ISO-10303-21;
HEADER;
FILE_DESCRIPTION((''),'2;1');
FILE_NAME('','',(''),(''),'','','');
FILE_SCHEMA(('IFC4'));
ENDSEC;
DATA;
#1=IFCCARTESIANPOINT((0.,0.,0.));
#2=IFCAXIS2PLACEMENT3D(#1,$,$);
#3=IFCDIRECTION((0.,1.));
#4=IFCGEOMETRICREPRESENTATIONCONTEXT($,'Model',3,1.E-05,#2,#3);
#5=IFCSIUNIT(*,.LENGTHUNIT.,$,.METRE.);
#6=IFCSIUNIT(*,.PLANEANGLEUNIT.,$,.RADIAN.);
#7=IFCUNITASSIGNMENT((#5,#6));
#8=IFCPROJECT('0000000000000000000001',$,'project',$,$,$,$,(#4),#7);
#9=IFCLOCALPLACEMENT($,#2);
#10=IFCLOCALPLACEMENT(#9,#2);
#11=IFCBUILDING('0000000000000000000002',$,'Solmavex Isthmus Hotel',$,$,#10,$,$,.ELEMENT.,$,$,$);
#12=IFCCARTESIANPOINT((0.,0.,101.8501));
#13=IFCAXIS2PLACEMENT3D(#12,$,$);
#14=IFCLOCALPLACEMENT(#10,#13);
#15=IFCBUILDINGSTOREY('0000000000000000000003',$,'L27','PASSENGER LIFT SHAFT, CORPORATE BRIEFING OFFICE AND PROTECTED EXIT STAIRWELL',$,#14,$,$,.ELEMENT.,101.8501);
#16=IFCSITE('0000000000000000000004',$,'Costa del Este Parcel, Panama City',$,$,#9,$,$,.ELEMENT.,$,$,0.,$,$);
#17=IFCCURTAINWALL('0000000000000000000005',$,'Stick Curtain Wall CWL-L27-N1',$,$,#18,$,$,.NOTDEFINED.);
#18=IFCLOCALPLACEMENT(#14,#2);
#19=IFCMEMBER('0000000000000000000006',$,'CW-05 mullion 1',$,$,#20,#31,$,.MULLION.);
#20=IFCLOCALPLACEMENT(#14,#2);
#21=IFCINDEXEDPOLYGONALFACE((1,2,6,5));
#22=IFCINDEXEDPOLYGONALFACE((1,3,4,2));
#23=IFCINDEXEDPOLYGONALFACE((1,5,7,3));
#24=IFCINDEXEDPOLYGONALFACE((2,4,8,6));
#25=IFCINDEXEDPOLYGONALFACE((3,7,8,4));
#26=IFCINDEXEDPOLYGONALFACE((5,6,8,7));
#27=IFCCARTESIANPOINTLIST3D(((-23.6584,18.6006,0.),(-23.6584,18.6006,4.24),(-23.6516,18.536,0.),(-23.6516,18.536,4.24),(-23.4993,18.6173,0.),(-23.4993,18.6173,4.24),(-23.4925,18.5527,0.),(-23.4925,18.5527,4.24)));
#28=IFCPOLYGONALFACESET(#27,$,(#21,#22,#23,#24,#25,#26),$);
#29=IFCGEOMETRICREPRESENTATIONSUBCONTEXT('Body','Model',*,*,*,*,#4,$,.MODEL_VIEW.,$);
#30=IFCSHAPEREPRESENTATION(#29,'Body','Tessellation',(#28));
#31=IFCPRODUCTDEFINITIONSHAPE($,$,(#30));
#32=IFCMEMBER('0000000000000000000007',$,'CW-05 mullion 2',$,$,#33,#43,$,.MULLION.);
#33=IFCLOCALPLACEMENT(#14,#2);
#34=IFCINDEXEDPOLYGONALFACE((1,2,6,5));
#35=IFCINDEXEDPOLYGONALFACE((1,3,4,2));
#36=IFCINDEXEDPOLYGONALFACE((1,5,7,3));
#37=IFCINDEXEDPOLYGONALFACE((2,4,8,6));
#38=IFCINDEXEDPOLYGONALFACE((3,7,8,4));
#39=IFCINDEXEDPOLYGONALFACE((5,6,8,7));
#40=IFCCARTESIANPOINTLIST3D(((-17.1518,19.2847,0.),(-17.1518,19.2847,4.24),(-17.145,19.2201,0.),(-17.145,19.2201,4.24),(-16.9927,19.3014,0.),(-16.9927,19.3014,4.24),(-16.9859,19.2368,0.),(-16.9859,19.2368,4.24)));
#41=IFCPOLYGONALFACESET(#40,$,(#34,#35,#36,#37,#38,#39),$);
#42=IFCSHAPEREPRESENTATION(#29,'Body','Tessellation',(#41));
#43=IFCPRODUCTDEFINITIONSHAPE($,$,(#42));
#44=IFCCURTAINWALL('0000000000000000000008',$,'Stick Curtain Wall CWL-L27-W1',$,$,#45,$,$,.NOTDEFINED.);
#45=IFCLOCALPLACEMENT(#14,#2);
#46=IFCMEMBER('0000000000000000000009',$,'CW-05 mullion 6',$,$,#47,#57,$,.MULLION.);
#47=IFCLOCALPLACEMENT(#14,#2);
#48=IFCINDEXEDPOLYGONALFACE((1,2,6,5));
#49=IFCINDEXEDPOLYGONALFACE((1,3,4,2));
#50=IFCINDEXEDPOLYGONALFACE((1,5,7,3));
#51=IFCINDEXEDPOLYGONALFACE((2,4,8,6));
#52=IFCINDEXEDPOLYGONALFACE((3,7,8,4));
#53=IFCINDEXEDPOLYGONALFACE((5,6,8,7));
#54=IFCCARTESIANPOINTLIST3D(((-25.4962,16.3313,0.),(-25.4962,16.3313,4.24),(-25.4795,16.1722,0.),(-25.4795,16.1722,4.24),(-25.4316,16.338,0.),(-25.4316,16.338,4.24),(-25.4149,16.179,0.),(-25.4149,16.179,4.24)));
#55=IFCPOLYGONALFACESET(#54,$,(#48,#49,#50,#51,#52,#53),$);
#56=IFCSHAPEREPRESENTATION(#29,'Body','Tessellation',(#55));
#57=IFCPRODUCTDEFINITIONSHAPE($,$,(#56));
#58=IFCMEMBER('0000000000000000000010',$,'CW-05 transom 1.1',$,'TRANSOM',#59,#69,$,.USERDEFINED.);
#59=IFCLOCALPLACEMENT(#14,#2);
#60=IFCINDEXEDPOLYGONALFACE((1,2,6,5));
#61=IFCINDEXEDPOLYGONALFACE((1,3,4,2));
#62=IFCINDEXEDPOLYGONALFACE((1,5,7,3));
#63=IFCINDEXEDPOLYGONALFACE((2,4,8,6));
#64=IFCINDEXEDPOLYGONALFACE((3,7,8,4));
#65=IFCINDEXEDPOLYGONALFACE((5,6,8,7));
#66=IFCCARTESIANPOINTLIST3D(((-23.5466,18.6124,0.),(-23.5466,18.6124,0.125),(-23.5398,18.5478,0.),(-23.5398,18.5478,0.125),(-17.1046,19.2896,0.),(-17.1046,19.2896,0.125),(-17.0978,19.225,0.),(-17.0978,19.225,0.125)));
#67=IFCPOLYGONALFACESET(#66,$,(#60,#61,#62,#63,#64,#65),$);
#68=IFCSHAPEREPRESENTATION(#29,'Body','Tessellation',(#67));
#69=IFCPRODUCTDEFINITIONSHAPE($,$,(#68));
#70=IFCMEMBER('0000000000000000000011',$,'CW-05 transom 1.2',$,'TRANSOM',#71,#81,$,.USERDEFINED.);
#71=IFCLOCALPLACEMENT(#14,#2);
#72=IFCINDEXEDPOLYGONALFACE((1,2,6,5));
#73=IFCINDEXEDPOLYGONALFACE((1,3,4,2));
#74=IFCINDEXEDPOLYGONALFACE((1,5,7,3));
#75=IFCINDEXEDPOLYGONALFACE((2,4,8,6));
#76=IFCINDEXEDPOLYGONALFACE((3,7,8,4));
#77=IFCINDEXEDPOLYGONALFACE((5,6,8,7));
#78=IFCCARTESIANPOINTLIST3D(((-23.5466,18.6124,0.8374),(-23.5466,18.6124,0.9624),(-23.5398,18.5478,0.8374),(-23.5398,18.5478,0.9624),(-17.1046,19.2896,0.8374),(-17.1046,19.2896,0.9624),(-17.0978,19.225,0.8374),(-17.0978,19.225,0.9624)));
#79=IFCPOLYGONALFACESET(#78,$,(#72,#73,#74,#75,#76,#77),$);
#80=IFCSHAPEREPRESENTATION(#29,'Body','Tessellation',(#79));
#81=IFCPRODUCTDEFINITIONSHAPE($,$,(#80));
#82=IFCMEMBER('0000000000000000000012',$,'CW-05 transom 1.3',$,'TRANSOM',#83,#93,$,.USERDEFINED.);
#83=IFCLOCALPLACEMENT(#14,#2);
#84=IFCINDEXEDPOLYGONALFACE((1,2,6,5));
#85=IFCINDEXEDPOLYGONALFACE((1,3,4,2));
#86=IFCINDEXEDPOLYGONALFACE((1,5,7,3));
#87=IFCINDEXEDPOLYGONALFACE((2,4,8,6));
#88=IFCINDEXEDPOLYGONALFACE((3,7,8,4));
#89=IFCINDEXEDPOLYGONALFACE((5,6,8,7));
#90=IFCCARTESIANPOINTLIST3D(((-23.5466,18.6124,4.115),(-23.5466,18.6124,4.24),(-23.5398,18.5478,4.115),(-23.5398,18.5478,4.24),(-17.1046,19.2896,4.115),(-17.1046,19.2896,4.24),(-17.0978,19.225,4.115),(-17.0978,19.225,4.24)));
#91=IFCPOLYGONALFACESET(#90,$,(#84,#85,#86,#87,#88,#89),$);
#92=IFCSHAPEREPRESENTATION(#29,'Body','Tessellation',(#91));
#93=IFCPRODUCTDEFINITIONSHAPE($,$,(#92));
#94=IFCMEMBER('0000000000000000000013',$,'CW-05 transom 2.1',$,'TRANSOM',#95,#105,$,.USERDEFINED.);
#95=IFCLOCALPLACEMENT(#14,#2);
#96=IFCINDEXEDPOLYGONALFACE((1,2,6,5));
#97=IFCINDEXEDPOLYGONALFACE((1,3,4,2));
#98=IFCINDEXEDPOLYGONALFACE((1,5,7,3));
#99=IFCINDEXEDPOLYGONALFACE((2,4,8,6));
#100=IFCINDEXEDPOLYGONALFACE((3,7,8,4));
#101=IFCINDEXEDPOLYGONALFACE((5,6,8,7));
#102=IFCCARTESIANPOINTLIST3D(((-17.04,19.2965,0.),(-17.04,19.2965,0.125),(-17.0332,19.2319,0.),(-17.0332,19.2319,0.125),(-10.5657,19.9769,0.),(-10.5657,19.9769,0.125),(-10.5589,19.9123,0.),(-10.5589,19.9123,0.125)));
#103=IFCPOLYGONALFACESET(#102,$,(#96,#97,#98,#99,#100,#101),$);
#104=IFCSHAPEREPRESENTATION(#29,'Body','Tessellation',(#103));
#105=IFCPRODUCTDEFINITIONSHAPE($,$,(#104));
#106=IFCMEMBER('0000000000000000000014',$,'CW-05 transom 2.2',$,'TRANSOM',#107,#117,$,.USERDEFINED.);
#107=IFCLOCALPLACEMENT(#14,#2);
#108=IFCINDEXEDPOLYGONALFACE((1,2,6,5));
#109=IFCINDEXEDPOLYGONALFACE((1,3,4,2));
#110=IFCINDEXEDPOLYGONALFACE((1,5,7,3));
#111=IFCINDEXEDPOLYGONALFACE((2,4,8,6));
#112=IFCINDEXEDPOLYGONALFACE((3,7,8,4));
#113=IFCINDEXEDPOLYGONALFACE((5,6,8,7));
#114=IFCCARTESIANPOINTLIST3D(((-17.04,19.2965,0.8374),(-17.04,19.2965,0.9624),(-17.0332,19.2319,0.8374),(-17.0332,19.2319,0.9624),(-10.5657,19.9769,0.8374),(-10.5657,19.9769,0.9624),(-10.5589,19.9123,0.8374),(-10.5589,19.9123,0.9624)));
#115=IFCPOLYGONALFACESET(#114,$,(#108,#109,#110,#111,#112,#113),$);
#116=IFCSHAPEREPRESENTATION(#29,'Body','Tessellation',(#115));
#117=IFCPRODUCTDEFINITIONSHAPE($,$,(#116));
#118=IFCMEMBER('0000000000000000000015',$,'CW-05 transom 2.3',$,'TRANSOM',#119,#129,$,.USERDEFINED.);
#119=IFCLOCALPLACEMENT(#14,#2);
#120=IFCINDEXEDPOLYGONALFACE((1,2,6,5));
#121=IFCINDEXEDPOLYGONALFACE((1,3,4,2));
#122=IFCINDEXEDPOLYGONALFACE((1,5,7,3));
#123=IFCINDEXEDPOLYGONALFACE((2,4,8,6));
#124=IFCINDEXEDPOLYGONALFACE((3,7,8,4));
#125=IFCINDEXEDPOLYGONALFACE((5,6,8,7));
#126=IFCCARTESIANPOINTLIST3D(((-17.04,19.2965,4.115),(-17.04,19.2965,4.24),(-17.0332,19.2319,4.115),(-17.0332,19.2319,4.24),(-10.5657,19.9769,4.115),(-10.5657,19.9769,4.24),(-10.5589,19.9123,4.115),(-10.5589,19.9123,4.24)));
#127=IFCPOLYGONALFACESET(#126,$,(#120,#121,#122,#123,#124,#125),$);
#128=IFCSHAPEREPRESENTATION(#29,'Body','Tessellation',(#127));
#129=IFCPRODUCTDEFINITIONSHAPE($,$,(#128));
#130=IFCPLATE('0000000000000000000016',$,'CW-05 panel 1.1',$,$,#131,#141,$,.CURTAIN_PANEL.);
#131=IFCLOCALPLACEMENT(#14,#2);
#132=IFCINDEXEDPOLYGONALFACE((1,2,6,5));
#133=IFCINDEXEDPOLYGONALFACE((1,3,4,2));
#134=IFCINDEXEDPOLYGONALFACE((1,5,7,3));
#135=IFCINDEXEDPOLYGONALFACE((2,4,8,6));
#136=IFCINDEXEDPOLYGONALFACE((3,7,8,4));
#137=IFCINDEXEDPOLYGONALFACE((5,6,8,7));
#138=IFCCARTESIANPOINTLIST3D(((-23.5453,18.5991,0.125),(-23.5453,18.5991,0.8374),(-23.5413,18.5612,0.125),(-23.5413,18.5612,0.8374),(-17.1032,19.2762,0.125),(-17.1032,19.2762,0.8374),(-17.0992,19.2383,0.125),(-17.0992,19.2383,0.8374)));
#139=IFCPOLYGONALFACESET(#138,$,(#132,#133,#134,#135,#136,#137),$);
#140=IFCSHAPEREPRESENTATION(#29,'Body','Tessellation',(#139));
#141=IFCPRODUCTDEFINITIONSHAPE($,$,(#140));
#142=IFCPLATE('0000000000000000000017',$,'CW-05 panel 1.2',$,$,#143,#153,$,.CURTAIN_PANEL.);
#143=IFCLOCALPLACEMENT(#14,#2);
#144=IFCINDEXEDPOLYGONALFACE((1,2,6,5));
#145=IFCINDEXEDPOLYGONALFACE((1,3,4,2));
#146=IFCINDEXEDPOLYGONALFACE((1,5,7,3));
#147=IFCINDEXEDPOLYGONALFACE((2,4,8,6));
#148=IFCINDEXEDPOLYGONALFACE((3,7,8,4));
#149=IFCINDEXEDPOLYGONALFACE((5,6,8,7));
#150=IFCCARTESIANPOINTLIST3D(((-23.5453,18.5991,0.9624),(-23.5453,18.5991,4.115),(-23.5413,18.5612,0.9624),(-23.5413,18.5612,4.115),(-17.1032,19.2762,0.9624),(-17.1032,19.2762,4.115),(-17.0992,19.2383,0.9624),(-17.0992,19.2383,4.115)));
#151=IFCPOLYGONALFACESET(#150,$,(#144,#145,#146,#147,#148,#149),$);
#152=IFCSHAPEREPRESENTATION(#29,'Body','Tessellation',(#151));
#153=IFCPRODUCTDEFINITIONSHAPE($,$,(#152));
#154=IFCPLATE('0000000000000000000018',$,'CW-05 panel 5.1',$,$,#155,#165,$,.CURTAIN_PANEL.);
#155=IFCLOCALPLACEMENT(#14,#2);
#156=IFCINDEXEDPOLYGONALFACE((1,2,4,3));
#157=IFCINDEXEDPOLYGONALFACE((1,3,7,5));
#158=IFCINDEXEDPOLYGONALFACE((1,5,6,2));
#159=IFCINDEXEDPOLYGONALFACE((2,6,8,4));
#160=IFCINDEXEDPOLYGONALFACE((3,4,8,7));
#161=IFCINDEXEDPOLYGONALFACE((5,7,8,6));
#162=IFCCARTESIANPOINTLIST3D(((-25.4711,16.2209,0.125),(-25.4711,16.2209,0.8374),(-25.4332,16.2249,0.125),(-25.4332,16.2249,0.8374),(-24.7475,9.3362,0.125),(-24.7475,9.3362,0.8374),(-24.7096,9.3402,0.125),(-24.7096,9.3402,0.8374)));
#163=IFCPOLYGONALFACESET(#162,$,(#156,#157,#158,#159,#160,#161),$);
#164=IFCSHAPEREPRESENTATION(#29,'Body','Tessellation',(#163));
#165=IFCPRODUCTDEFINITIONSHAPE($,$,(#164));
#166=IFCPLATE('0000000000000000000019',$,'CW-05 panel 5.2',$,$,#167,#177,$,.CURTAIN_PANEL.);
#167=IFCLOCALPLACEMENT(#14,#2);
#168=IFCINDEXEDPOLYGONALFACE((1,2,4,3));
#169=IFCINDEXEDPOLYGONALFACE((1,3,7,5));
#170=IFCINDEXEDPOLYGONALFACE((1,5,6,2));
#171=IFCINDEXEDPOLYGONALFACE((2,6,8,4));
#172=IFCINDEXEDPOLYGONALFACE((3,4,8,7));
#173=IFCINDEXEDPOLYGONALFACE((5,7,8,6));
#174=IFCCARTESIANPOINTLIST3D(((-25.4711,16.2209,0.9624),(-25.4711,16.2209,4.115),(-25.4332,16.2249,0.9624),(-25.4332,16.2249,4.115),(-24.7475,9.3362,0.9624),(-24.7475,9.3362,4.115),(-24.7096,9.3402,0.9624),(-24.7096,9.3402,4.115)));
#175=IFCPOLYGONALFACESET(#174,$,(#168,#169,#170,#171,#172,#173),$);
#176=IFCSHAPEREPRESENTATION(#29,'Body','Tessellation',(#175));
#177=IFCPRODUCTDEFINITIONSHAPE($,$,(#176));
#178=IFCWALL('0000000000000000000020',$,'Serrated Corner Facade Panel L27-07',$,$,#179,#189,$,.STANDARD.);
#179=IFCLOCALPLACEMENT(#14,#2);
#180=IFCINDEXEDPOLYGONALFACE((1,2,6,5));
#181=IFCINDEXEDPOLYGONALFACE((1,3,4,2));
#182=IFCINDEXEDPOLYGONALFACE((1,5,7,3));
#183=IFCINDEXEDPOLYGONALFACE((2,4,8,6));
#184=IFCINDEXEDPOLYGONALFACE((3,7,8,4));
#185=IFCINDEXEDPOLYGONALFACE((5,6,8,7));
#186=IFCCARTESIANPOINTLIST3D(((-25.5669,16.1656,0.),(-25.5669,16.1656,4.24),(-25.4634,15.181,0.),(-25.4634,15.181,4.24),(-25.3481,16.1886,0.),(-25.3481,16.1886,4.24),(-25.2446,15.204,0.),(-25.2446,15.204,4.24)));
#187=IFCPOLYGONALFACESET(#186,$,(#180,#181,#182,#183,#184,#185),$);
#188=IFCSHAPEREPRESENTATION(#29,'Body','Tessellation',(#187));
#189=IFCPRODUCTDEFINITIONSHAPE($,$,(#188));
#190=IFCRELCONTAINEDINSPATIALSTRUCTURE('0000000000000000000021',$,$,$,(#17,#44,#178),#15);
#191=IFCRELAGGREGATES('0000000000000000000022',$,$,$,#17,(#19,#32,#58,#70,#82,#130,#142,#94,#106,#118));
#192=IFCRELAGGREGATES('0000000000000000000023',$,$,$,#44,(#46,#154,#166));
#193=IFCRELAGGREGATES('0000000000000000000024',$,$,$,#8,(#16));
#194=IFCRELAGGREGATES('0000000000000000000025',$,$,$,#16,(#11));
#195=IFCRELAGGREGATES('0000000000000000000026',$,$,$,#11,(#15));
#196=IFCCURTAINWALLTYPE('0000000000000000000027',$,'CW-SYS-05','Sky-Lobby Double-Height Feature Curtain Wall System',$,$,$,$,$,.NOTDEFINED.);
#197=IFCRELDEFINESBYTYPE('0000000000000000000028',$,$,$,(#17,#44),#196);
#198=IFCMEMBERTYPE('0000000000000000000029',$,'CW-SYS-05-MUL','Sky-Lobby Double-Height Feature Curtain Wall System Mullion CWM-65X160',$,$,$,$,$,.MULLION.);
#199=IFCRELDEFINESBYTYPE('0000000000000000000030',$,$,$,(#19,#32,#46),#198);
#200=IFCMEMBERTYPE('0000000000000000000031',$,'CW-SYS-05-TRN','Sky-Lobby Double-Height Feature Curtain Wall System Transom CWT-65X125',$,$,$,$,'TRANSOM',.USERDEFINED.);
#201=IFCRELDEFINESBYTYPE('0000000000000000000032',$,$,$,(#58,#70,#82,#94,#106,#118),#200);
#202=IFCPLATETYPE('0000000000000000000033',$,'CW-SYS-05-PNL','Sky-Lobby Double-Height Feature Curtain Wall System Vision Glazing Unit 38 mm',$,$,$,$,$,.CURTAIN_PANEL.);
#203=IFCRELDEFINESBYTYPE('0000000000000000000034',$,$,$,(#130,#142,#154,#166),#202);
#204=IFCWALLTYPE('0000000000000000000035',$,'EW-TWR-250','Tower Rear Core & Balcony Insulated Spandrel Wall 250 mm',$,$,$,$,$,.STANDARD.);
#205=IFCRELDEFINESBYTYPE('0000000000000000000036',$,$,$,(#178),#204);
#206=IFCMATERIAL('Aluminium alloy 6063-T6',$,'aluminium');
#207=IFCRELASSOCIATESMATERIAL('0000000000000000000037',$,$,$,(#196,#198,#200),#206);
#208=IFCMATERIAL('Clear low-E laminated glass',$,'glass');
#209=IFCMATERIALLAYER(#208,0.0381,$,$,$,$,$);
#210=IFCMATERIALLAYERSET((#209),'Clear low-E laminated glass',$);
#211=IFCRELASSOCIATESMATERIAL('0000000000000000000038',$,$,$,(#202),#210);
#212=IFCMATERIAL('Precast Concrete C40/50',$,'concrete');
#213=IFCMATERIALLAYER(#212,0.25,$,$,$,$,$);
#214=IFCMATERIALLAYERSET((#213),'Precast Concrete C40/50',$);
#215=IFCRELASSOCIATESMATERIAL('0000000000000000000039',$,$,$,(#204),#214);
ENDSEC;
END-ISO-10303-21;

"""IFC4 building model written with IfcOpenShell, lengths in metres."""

from ifc_helpers import new_model, si_unit, direction, frame, frame_2d, origin, origin_2d, place, context, subcontext, project, spatial, rectangle, extrude, material, layer, layer_set, material_profile, profile_set, type_object, element, aggregate, save


model = new_model("IFC4")

# Units and contexts
model_context = context("Model", 3, precision=1e-05, world=origin(), true_north=direction((0.0, 1.0)))
body_context = subcontext(model_context, "Body", "Model", "MODEL_VIEW")
ifc_project = project(units=[si_unit("LENGTHUNIT", "METRE"), si_unit("PLANEANGLEUNIT", "RADIAN")], contexts=[model_context])

# Site, building, storey
site_placement = place(None, origin())
site = spatial("IfcSite", under=ifc_project, at=site_placement, Name="Costa del Este Parcel, Panama City", CompositionType="ELEMENT", RefElevation=0.0)
building_placement = place(site_placement, origin())
building = spatial("IfcBuilding", under=site, at=building_placement, Name="Solmavex Isthmus Hotel", CompositionType="ELEMENT")
storey_placement = place(building_placement, frame((0.0, 0.0, 101.8501)))
storey = spatial("IfcBuildingStorey", under=building, at=storey_placement, Name="L27", Description="PASSENGER LIFT SHAFT, CORPORATE BRIEFING OFFICE AND PROTECTED EXIT STAIRWELL", CompositionType="ELEMENT", Elevation=101.8501)

# Curtain wall, members
ifc_material_1 = material(Name="Aluminium alloy 6063-T6", Category="aluminium")
curtain_wall_type = type_object("IfcCurtainWallType", Name="CW-SYS-05", Description="Sky-Lobby Double-Height Feature Curtain Wall System", PredefinedType="NOTDEFINED", material=ifc_material_1)
curtain_wall_1_placement = place(storey_placement, origin())
curtain_wall_1 = element("IfcCurtainWall", 1, at=curtain_wall_1_placement, inside=storey, type_object=curtain_wall_type, Name="Stick Curtain Wall CWL-L27-N1", PredefinedType="NOTDEFINED")
ifc_material_profile_1 = material_profile(ifc_material_1, rectangle(XDim=0.0649, YDim=0.1599, at=origin_2d()), Name="CWM-65X160")
ifc_profile_set_1 = profile_set([ifc_material_profile_1], Name="Aluminium alloy 6063-T6")
member_type_1 = type_object("IfcMemberType", Name="CW-SYS-05-MUL", Description="Sky-Lobby Double-Height Feature Curtain Wall System Mullion CWM-65X160", PredefinedType="MULLION", material=ifc_profile_set_1)
member_1_placement = place(storey_placement, frame((-23.5754, 18.5767, 0.0), z_axis=(0.0, 0.0, 1.0), x_axis=(-0.104528, 0.994522, 0.0)))
member_1 = element("IfcMember", 2, at=member_1_placement, type_object=member_type_1, Name="CW-05 mullion 1", PredefinedType="MULLION", context=body_context, shape_type="SweptSolid", body=[
    extrude(rectangle(XDim=0.0649, YDim=0.1599, at=origin_2d()), origin(), (0.0, 0.0, 1.0), 4.24),
])
member_2_placement = place(storey_placement, frame((-17.0688, 19.2607, 0.0), z_axis=(0.0, 0.0, 1.0), x_axis=(-0.104528, 0.994522, 0.0)))
member_2 = element("IfcMember", 3, at=member_2_placement, type_object=member_type_1, Name="CW-05 mullion 2", PredefinedType="MULLION", context=body_context, shape_type="SweptSolid", body=[
    extrude(rectangle(XDim=0.0649, YDim=0.1599, at=origin_2d()), origin(), (0.0, 0.0, 1.0), 4.24),
])

# Curtain wall, member
curtain_wall_2_placement = place(storey_placement, origin())
curtain_wall_2 = element("IfcCurtainWall", 4, at=curtain_wall_2_placement, inside=storey, type_object=curtain_wall_type, Name="Stick Curtain Wall CWL-L27-W1", PredefinedType="NOTDEFINED")
member_3_placement = place(storey_placement, frame((-25.4556, 16.2551, 0.0), z_axis=(0.0, 0.0, 1.0), x_axis=(-0.994522, -0.104528, 0.0)))
member_3 = element("IfcMember", 5, at=member_3_placement, type_object=member_type_1, Name="CW-05 mullion 6", PredefinedType="MULLION", context=body_context, shape_type="SweptSolid", body=[
    extrude(rectangle(XDim=0.0649, YDim=0.1599, at=origin_2d()), origin(), (0.0, 0.0, 1.0), 4.24),
])

# Members
ifc_material_profile_2 = material_profile(ifc_material_1, rectangle(XDim=0.0649, YDim=0.125, at=origin_2d()), Name="CWT-65X125")
ifc_profile_set_2 = profile_set([ifc_material_profile_2], Name="Aluminium alloy 6063-T6")
member_type_2 = type_object("IfcMemberType", Name="CW-SYS-05-TRN", Description="Sky-Lobby Double-Height Feature Curtain Wall System Transom CWT-65X125", ElementType="TRANSOM", PredefinedType="USERDEFINED", material=ifc_profile_set_2)
member_4_placement = place(storey_placement, frame((-23.5432, 18.5801, 0.0625), z_axis=(0.994519, 0.104551, 0.0), x_axis=(-0.104551, 0.994519, 0.0)))
member_4 = element("IfcMember", 6, at=member_4_placement, type_object=member_type_2, Name="CW-05 transom 1.1", ObjectType="TRANSOM", PredefinedType="USERDEFINED", context=body_context, shape_type="SweptSolid", body=[
    extrude(rectangle(XDim=0.0649, YDim=0.125, at=origin_2d()), origin(), (0.0, 0.0, 1.0), 6.4775),
])
member_5_placement = place(storey_placement, frame((-23.5432, 18.5801, 0.8999), z_axis=(0.994519, 0.104551, 0.0), x_axis=(-0.104551, 0.994519, 0.0)))
member_5 = element("IfcMember", 7, at=member_5_placement, type_object=member_type_2, Name="CW-05 transom 1.2", ObjectType="TRANSOM", PredefinedType="USERDEFINED", context=body_context, shape_type="SweptSolid", body=[
    extrude(rectangle(XDim=0.0649, YDim=0.125, at=origin_2d()), origin(), (0.0, 0.0, 1.0), 6.4775),
])
member_6_placement = place(storey_placement, frame((-23.5432, 18.5801, 4.1775), z_axis=(0.994519, 0.104551, 0.0), x_axis=(-0.104551, 0.994519, 0.0)))
member_6 = element("IfcMember", 8, at=member_6_placement, type_object=member_type_2, Name="CW-05 transom 1.3", ObjectType="TRANSOM", PredefinedType="USERDEFINED", context=body_context, shape_type="SweptSolid", body=[
    extrude(rectangle(XDim=0.0649, YDim=0.125, at=origin_2d()), origin(), (0.0, 0.0, 1.0), 6.4775),
])
member_7_placement = place(storey_placement, frame((-17.0366, 19.2642, 0.0625), z_axis=(0.994523, 0.104519, 0.0), x_axis=(-0.104519, 0.994523, 0.0)))
member_7 = element("IfcMember", 9, at=member_7_placement, type_object=member_type_2, Name="CW-05 transom 2.1", ObjectType="TRANSOM", PredefinedType="USERDEFINED", context=body_context, shape_type="SweptSolid", body=[
    extrude(rectangle(XDim=0.0649, YDim=0.125, at=origin_2d()), origin(), (0.0, 0.0, 1.0), 6.51),
])
member_8_placement = place(storey_placement, frame((-17.0366, 19.2642, 0.8999), z_axis=(0.994523, 0.104519, 0.0), x_axis=(-0.104519, 0.994523, 0.0)))
member_8 = element("IfcMember", 10, at=member_8_placement, type_object=member_type_2, Name="CW-05 transom 2.2", ObjectType="TRANSOM", PredefinedType="USERDEFINED", context=body_context, shape_type="SweptSolid", body=[
    extrude(rectangle(XDim=0.0649, YDim=0.125, at=origin_2d()), origin(), (0.0, 0.0, 1.0), 6.51),
])
member_9_placement = place(storey_placement, frame((-17.0366, 19.2642, 4.1775), z_axis=(0.994523, 0.104519, 0.0), x_axis=(-0.104519, 0.994523, 0.0)))
member_9 = element("IfcMember", 11, at=member_9_placement, type_object=member_type_2, Name="CW-05 transom 2.3", ObjectType="TRANSOM", PredefinedType="USERDEFINED", context=body_context, shape_type="SweptSolid", body=[
    extrude(rectangle(XDim=0.0649, YDim=0.125, at=origin_2d()), origin(), (0.0, 0.0, 1.0), 6.51),
])

# Plates
ifc_material_2 = material(Name="Clear low-E laminated glass", Category="glass")
ifc_layer_1 = layer(ifc_material_2, 0.0381)
ifc_layer_set_1 = layer_set([ifc_layer_1], Name="Clear low-E laminated glass")
plate_type = type_object("IfcPlateType", Name="CW-SYS-05-PNL", Description="Sky-Lobby Double-Height Feature Curtain Wall System Vision Glazing Unit 38 mm", PredefinedType="CURTAIN_PANEL", material=ifc_layer_set_1)
plate_1_placement = place(storey_placement, frame((-20.3223, 18.9187, 0.125), z_axis=(0.0, 0.0, 1.0), x_axis=(0.994522, 0.104528, 0.0)))
plate_1 = element("IfcPlate", 12, at=plate_1_placement, type_object=plate_type, Name="CW-05 panel 1.1", PredefinedType="CURTAIN_PANEL", context=body_context, shape_type="SweptSolid", body=[
    extrude(rectangle(XDim=6.4775, YDim=0.0381, at=origin_2d()), origin(), (0.0, 0.0, 1.0), 0.7124),
])
plate_2_placement = place(storey_placement, frame((-20.3223, 18.9187, 0.9624), z_axis=(0.0, 0.0, 1.0), x_axis=(0.994522, 0.104528, 0.0)))
plate_2 = element("IfcPlate", 13, at=plate_2_placement, type_object=plate_type, Name="CW-05 panel 1.2", PredefinedType="CURTAIN_PANEL", context=body_context, shape_type="SweptSolid", body=[
    extrude(rectangle(XDim=6.4775, YDim=0.0381, at=origin_2d()), origin(), (0.0, 0.0, 1.0), 3.1526),
])
aggregate(curtain_wall_1, [member_1, member_2, member_4, member_5, member_6, plate_1, plate_2, member_7, member_8, member_9])
plate_3_placement = place(storey_placement, frame((-25.0903, 12.7805, 0.125), z_axis=(0.0, 0.0, 1.0), x_axis=(-0.104528, 0.994522, 0.0)))
plate_3 = element("IfcPlate", 14, at=plate_3_placement, type_object=plate_type, Name="CW-05 panel 5.1", PredefinedType="CURTAIN_PANEL", context=body_context, shape_type="SweptSolid", body=[
    extrude(rectangle(XDim=6.9226, YDim=0.0381, at=origin_2d()), origin(), (0.0, 0.0, 1.0), 0.7124),
])
plate_4_placement = place(storey_placement, frame((-25.0903, 12.7805, 0.9624), z_axis=(0.0, 0.0, 1.0), x_axis=(-0.104528, 0.994522, 0.0)))
plate_4 = element("IfcPlate", 15, at=plate_4_placement, type_object=plate_type, Name="CW-05 panel 5.2", PredefinedType="CURTAIN_PANEL", context=body_context, shape_type="SweptSolid", body=[
    extrude(rectangle(XDim=6.9226, YDim=0.0381, at=origin_2d()), origin(), (0.0, 0.0, 1.0), 3.1526),
])
aggregate(curtain_wall_2, [member_3, plate_3, plate_4])

# Wall
ifc_material_3 = material(Name="Precast Concrete C40/50", Category="concrete")
ifc_layer_2 = layer(ifc_material_3, 0.25)
ifc_layer_set_2 = layer_set([ifc_layer_2], Name="Precast Concrete C40/50")
wall_type = type_object("IfcWallType", Name="EW-TWR-250", Description="Tower Rear Core & Balcony Insulated Spandrel Wall 250 mm", PredefinedType="STANDARD", material=ifc_layer_set_2)
wall_1_placement = place(storey_placement, frame((-25.354, 15.1924, 0.0), z_axis=(0.0, 0.0, 1.0), x_axis=(-0.104556, 0.994519, 0.0)))
element("IfcWall", 16, at=wall_1_placement, inside=storey, type_object=wall_type, Name="Serrated Corner Facade Panel L27-07", PredefinedType="STANDARD", context=body_context, shape_type="SweptSolid", body=[
    extrude(rectangle(XDim=0.99, YDim=0.22, at=frame_2d((0.4951, 0.0))), origin(), (0.0, 0.0, 1.0), 4.24),
])

save(model, "model.ifc")
